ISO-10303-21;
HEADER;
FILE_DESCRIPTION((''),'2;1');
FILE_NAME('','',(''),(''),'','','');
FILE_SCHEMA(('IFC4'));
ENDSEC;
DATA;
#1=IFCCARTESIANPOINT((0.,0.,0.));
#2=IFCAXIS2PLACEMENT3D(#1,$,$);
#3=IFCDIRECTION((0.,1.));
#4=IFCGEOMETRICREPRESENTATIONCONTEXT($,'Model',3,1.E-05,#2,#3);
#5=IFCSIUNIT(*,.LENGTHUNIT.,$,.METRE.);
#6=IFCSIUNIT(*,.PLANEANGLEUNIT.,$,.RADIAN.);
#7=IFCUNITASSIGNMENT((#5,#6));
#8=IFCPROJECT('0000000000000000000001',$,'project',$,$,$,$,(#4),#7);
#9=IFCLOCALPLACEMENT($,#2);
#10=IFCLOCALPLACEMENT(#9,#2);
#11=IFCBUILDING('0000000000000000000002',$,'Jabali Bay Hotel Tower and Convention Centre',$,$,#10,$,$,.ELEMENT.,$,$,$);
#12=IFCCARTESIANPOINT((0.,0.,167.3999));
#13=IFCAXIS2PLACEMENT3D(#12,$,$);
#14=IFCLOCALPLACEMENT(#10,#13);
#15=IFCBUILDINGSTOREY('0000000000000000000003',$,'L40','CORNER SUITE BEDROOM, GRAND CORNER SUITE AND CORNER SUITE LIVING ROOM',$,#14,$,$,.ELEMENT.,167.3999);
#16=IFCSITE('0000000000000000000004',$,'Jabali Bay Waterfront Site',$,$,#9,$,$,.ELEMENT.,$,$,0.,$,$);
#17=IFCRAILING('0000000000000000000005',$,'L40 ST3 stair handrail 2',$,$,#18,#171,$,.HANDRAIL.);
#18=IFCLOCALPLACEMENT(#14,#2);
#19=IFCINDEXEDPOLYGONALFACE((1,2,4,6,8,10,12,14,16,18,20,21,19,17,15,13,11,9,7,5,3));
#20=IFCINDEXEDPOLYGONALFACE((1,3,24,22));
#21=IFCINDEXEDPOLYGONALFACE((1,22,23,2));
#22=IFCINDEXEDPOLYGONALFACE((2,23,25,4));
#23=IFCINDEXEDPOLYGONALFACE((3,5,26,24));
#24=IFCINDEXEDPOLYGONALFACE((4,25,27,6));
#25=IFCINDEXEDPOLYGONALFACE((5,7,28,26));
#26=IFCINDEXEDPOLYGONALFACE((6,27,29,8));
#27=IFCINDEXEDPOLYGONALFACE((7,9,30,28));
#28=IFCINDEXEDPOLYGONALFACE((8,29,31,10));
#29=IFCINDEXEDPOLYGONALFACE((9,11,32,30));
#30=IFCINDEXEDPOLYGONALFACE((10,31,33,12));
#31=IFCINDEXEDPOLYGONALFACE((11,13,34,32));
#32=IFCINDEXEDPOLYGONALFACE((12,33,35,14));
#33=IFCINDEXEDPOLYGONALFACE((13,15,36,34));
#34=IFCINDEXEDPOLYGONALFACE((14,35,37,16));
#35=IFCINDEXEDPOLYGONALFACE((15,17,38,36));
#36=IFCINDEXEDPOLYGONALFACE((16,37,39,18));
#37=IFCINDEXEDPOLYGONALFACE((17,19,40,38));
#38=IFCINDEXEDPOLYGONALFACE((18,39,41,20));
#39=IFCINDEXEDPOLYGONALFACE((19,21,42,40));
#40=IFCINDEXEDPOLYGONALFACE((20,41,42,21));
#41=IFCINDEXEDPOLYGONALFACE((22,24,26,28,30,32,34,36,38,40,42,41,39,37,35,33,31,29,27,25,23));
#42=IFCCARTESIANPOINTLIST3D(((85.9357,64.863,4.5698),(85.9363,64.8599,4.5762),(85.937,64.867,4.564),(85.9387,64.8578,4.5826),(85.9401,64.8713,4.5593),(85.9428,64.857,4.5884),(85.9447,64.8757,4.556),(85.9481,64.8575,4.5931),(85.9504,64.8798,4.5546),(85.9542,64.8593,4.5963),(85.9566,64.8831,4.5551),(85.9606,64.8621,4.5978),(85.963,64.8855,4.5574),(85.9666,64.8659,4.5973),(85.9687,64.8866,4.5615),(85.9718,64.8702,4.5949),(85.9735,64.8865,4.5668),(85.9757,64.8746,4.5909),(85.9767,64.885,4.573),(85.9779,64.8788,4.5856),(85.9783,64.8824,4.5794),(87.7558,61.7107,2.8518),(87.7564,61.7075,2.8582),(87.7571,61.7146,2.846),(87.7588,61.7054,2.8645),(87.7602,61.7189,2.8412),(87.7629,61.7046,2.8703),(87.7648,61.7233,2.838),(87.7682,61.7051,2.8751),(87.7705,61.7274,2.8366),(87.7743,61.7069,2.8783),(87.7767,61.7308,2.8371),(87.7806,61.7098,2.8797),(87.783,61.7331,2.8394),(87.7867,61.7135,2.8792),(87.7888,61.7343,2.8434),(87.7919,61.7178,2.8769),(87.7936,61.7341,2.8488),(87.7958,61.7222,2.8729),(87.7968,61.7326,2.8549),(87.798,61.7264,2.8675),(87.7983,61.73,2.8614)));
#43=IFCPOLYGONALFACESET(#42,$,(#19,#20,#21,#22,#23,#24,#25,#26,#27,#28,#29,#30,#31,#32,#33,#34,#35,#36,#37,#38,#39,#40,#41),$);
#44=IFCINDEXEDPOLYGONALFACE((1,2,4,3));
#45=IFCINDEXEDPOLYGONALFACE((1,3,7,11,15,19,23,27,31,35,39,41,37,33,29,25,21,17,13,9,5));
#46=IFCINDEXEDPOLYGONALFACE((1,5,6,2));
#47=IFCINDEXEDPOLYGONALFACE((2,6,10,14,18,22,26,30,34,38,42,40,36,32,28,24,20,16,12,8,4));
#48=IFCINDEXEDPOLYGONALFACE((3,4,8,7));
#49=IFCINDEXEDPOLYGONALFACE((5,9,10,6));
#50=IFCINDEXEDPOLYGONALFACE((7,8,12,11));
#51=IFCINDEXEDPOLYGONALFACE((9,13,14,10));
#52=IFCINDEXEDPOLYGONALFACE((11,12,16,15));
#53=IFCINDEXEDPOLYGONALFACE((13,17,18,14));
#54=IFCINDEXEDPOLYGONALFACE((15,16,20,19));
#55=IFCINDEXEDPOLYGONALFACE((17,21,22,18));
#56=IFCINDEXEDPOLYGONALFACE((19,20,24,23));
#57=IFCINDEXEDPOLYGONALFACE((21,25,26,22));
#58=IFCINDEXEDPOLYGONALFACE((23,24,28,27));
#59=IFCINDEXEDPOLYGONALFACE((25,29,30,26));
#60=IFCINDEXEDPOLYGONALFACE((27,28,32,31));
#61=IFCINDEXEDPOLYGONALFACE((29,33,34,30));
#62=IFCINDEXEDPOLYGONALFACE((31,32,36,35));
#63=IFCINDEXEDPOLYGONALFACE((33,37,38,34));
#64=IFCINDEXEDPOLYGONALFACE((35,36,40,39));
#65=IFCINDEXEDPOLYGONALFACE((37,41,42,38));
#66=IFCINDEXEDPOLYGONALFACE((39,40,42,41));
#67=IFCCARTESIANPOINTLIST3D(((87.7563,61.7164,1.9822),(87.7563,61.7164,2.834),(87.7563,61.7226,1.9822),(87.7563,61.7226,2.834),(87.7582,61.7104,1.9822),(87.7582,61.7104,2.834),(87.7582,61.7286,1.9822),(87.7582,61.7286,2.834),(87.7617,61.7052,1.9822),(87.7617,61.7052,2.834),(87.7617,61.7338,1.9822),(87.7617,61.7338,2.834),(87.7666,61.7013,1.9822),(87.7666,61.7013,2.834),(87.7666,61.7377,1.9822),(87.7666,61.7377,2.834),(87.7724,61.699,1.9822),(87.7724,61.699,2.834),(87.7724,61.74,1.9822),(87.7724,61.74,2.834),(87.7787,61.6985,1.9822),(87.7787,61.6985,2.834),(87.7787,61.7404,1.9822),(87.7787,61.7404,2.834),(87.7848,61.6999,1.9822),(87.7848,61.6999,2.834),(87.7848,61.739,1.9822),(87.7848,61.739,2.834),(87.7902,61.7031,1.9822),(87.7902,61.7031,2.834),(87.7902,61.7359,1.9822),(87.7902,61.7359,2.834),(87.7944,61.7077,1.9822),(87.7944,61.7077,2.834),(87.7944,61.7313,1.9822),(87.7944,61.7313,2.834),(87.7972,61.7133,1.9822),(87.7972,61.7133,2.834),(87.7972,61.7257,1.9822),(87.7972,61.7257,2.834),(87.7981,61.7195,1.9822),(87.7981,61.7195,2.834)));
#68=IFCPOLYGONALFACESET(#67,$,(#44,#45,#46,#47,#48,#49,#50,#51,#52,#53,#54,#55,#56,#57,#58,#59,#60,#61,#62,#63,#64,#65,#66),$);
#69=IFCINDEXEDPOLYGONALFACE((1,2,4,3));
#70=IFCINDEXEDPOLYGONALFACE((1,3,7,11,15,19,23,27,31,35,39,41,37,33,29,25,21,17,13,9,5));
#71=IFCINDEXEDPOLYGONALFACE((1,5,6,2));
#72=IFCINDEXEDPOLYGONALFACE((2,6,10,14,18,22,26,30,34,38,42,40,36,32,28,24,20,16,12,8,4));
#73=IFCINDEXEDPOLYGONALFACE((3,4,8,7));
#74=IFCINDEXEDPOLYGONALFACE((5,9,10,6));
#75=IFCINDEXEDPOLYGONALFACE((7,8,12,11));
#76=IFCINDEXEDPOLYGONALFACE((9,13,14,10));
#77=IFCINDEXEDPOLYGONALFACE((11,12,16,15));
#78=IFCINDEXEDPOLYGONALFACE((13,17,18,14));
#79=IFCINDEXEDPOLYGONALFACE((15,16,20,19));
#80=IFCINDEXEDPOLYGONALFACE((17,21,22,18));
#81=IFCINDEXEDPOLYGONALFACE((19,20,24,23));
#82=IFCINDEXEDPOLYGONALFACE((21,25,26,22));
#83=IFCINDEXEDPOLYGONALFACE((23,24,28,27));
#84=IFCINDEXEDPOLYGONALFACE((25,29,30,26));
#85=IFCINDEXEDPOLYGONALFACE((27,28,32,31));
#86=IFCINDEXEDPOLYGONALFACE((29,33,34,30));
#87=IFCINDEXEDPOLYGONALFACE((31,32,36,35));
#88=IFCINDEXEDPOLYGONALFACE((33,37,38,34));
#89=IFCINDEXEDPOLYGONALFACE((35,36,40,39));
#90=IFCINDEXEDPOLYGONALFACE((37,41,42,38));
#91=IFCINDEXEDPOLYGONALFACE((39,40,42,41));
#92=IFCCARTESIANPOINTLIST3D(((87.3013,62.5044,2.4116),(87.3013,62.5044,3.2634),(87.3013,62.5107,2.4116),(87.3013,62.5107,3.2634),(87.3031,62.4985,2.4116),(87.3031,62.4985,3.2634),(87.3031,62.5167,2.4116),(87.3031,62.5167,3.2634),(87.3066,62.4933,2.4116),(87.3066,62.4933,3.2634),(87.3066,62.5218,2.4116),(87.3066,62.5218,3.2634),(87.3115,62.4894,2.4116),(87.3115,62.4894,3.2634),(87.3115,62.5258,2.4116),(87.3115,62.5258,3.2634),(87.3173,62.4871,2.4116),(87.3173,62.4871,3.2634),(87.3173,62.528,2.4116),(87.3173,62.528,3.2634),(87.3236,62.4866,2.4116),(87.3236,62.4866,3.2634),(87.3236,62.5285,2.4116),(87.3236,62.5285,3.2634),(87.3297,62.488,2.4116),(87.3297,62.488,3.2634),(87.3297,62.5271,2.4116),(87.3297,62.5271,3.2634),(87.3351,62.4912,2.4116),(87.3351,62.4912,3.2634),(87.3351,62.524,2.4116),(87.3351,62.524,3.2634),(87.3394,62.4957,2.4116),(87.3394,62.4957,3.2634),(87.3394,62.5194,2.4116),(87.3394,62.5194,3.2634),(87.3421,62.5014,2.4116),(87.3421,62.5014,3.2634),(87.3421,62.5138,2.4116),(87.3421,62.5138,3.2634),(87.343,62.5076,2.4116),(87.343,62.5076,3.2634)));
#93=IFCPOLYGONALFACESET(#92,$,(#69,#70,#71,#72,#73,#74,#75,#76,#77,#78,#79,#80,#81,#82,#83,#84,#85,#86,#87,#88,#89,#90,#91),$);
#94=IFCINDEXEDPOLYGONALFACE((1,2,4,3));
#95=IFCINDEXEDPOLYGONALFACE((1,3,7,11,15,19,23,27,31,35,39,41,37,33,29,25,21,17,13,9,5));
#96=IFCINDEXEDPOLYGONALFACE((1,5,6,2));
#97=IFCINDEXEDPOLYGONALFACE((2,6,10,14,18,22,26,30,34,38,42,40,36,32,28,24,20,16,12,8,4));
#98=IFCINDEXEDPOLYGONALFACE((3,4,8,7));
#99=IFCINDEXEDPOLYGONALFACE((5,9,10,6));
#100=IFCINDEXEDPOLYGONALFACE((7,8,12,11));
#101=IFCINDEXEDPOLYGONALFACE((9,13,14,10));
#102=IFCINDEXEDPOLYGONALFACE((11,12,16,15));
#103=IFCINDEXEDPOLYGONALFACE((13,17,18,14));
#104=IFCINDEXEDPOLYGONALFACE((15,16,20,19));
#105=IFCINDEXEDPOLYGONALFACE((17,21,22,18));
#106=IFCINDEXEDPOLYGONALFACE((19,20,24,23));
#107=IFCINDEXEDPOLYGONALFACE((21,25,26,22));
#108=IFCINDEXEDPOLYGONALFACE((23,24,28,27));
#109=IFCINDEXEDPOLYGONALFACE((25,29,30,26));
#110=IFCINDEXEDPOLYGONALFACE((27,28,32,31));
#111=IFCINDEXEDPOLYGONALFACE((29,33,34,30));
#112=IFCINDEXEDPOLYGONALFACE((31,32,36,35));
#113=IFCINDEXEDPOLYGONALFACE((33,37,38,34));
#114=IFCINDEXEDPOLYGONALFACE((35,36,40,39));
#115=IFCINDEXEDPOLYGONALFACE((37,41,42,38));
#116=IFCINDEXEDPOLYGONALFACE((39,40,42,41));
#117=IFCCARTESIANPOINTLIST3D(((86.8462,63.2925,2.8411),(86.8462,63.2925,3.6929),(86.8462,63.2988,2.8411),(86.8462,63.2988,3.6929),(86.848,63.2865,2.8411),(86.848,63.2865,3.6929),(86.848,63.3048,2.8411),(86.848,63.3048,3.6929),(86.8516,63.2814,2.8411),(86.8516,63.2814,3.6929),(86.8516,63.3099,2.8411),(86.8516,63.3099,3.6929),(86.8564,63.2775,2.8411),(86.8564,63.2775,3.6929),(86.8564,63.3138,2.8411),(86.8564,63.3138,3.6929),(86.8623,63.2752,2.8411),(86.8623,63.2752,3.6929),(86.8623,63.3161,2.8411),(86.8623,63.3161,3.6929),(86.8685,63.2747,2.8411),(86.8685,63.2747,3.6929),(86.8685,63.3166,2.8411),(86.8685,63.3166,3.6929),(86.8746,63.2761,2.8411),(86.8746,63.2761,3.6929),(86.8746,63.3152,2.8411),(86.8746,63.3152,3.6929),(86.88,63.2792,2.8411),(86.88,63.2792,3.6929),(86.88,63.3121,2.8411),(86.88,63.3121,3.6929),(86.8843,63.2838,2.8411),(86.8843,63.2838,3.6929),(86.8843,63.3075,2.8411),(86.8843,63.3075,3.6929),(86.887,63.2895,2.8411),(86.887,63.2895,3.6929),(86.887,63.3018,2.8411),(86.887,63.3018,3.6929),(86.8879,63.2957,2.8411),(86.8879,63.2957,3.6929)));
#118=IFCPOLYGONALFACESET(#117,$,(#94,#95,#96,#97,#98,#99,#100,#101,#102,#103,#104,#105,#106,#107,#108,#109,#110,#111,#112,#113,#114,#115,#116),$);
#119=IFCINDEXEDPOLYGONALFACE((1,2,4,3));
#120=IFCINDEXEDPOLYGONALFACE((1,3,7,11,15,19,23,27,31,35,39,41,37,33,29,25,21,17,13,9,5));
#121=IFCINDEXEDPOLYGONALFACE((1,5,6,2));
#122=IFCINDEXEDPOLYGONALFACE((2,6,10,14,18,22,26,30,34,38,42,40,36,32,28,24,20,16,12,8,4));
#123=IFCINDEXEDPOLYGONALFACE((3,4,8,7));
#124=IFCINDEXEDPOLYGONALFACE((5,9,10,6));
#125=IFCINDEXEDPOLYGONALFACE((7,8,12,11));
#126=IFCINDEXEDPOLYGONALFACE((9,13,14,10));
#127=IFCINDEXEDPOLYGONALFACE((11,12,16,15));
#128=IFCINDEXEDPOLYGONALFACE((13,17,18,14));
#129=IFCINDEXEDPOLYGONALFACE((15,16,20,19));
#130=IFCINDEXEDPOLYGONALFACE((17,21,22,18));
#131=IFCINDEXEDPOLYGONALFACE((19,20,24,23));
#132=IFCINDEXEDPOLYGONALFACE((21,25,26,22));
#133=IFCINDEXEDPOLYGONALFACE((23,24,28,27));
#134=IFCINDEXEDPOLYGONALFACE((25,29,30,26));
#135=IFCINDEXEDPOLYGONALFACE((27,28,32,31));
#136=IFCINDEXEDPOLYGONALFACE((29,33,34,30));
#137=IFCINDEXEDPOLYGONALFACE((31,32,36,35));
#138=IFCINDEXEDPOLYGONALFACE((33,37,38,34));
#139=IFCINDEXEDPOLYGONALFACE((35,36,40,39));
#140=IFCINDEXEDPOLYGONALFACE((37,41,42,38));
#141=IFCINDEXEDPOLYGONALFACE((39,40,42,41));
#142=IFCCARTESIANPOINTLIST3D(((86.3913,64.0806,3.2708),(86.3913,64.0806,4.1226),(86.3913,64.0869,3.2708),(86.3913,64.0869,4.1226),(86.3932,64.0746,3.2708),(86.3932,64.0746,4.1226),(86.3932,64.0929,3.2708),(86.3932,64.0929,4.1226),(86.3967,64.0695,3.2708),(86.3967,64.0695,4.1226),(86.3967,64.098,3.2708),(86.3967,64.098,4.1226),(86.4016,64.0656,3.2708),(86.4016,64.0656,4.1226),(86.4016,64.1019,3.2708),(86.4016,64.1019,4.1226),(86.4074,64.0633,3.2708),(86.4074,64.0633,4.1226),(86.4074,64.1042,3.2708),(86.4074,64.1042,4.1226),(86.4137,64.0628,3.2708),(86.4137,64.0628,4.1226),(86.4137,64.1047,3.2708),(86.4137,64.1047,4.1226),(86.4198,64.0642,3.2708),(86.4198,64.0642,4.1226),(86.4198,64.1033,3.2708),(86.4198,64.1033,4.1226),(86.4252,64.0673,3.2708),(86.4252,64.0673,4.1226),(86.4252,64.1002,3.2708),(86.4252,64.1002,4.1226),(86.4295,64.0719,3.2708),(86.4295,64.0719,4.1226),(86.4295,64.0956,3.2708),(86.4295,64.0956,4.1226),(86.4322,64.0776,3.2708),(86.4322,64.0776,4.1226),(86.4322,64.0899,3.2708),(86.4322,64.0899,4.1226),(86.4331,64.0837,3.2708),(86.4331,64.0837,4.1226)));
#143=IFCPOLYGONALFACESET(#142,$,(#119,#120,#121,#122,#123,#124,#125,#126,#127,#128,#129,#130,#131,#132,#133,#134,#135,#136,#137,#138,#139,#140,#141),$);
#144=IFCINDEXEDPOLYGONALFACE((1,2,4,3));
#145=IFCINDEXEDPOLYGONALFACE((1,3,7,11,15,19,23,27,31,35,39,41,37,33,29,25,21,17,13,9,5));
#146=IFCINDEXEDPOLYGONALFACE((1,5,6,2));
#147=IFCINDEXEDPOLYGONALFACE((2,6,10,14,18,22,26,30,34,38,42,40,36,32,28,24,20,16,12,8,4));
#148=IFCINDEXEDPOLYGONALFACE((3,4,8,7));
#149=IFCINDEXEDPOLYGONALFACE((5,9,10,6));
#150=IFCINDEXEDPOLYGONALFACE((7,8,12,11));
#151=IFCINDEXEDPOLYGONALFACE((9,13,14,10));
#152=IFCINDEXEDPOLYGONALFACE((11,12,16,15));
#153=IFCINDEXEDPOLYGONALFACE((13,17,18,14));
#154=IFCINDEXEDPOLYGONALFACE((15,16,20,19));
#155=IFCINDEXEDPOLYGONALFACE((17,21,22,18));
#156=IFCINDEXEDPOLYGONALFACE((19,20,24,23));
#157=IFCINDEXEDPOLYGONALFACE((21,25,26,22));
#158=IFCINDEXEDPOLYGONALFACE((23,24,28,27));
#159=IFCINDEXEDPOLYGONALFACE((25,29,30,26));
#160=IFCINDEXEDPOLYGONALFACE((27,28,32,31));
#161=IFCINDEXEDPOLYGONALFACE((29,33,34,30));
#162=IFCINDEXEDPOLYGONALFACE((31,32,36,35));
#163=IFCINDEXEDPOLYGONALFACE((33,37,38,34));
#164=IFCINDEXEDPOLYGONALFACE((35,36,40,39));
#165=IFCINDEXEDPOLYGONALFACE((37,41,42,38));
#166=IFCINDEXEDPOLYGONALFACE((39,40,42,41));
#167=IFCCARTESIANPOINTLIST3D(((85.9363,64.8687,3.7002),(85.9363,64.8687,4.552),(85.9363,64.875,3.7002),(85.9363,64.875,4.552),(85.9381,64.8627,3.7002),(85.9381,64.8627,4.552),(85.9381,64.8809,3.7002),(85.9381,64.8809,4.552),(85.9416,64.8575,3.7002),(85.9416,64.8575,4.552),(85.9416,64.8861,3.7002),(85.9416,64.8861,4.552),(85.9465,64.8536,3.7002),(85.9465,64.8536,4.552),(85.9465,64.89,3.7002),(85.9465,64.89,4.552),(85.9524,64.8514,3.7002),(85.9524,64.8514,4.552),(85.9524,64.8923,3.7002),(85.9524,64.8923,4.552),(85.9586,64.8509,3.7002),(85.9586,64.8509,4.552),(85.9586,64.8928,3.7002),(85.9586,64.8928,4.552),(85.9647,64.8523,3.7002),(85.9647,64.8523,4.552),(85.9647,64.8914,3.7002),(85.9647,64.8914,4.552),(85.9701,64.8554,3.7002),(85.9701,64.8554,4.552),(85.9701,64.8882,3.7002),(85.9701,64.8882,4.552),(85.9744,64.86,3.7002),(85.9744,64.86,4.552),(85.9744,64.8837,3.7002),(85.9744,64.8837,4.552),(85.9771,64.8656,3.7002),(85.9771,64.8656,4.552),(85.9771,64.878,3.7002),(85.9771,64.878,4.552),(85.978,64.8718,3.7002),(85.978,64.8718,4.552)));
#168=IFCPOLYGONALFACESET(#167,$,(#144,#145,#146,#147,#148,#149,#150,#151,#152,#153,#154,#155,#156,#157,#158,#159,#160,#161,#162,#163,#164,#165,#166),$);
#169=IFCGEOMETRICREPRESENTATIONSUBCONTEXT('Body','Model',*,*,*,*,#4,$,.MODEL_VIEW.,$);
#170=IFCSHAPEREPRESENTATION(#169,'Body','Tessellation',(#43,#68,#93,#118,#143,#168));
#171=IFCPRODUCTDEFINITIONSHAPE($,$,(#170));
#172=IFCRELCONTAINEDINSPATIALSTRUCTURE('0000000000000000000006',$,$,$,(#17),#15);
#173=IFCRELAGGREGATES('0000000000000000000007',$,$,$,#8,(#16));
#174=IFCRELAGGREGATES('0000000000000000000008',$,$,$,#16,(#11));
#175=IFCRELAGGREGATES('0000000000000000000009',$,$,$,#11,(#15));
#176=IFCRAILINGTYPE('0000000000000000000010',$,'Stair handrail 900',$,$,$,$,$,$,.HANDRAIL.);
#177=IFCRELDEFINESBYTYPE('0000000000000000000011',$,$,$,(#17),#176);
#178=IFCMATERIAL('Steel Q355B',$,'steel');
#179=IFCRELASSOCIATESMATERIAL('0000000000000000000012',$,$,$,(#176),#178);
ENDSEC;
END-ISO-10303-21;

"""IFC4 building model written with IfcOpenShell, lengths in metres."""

from ifc_helpers import new_model, si_unit, direction, frame, origin, origin_2d, place, context, subcontext, project, spatial, circle, extrude, material, type_object, element, save


model = new_model("IFC4")

# Units and contexts
model_context = context("Model", 3, precision=1e-05, world=origin(), true_north=direction((0.0, 1.0)))
body_context = subcontext(model_context, "Body", "Model", "MODEL_VIEW")
ifc_project = project(units=[si_unit("LENGTHUNIT", "METRE"), si_unit("PLANEANGLEUNIT", "RADIAN")], contexts=[model_context])

# Site, building, storey
site_placement = place(None, origin())
site = spatial("IfcSite", under=ifc_project, at=site_placement, Name="Jabali Bay Waterfront Site", CompositionType="ELEMENT", RefElevation=0.0)
building_placement = place(site_placement, origin())
building = spatial("IfcBuilding", under=site, at=building_placement, Name="Jabali Bay Hotel Tower and Convention Centre", CompositionType="ELEMENT")
storey_placement = place(building_placement, frame((0.0, 0.0, 167.3999)))
storey = spatial("IfcBuildingStorey", under=building, at=storey_placement, Name="L40", Description="CORNER SUITE BEDROOM, GRAND CORNER SUITE AND CORNER SUITE LIVING ROOM", CompositionType="ELEMENT", Elevation=167.3999)

# Railing
ifc_material_1 = material(Name="Steel Q355B", Category="steel")
railing_type_1 = type_object("IfcRailingType", Name="Stair handrail 900", PredefinedType="HANDRAIL", material=ifc_material_1)
railing_1_placement = place(storey_placement, frame((87.7771, 61.7195, 1.9822)))
element("IfcRailing", 1, at=railing_1_placement, inside=storey, type_object=railing_type_1, Name="L40 ST3 stair handrail 2", PredefinedType="HANDRAIL", context=body_context, shape_type="SweptSolid", body=[
    extrude(circle(Radius=0.0239, at=origin_2d()), frame((0.0, 0.0, 0.876), z_axis=(-0.452179, 0.78317, 0.426825), x_axis=(-0.866018, -0.500013, 0.0)), (0.0, 0.0, 1.0), 4.0251),
    extrude(circle(Radius=0.021, at=origin_2d()), origin(), (0.0, 0.0, 1.0), 0.8518),
    extrude(circle(Radius=0.021, at=origin_2d()), frame((-0.4551, 0.7881, 0.4294)), (0.0, 0.0, 1.0), 0.8518),
    extrude(circle(Radius=0.021, at=origin_2d()), frame((-0.9102, 1.5762, 0.8589)), (0.0, 0.0, 1.0), 0.8518),
    extrude(circle(Radius=0.021, at=origin_2d()), frame((-1.365, 2.3643, 1.2886)), (0.0, 0.0, 1.0), 0.8518),
    extrude(circle(Radius=0.021, at=origin_2d()), frame((-1.8201, 3.1523, 1.718)), (0.0, 0.0, 1.0), 0.8518),
])

save(model, "model.ifc")
